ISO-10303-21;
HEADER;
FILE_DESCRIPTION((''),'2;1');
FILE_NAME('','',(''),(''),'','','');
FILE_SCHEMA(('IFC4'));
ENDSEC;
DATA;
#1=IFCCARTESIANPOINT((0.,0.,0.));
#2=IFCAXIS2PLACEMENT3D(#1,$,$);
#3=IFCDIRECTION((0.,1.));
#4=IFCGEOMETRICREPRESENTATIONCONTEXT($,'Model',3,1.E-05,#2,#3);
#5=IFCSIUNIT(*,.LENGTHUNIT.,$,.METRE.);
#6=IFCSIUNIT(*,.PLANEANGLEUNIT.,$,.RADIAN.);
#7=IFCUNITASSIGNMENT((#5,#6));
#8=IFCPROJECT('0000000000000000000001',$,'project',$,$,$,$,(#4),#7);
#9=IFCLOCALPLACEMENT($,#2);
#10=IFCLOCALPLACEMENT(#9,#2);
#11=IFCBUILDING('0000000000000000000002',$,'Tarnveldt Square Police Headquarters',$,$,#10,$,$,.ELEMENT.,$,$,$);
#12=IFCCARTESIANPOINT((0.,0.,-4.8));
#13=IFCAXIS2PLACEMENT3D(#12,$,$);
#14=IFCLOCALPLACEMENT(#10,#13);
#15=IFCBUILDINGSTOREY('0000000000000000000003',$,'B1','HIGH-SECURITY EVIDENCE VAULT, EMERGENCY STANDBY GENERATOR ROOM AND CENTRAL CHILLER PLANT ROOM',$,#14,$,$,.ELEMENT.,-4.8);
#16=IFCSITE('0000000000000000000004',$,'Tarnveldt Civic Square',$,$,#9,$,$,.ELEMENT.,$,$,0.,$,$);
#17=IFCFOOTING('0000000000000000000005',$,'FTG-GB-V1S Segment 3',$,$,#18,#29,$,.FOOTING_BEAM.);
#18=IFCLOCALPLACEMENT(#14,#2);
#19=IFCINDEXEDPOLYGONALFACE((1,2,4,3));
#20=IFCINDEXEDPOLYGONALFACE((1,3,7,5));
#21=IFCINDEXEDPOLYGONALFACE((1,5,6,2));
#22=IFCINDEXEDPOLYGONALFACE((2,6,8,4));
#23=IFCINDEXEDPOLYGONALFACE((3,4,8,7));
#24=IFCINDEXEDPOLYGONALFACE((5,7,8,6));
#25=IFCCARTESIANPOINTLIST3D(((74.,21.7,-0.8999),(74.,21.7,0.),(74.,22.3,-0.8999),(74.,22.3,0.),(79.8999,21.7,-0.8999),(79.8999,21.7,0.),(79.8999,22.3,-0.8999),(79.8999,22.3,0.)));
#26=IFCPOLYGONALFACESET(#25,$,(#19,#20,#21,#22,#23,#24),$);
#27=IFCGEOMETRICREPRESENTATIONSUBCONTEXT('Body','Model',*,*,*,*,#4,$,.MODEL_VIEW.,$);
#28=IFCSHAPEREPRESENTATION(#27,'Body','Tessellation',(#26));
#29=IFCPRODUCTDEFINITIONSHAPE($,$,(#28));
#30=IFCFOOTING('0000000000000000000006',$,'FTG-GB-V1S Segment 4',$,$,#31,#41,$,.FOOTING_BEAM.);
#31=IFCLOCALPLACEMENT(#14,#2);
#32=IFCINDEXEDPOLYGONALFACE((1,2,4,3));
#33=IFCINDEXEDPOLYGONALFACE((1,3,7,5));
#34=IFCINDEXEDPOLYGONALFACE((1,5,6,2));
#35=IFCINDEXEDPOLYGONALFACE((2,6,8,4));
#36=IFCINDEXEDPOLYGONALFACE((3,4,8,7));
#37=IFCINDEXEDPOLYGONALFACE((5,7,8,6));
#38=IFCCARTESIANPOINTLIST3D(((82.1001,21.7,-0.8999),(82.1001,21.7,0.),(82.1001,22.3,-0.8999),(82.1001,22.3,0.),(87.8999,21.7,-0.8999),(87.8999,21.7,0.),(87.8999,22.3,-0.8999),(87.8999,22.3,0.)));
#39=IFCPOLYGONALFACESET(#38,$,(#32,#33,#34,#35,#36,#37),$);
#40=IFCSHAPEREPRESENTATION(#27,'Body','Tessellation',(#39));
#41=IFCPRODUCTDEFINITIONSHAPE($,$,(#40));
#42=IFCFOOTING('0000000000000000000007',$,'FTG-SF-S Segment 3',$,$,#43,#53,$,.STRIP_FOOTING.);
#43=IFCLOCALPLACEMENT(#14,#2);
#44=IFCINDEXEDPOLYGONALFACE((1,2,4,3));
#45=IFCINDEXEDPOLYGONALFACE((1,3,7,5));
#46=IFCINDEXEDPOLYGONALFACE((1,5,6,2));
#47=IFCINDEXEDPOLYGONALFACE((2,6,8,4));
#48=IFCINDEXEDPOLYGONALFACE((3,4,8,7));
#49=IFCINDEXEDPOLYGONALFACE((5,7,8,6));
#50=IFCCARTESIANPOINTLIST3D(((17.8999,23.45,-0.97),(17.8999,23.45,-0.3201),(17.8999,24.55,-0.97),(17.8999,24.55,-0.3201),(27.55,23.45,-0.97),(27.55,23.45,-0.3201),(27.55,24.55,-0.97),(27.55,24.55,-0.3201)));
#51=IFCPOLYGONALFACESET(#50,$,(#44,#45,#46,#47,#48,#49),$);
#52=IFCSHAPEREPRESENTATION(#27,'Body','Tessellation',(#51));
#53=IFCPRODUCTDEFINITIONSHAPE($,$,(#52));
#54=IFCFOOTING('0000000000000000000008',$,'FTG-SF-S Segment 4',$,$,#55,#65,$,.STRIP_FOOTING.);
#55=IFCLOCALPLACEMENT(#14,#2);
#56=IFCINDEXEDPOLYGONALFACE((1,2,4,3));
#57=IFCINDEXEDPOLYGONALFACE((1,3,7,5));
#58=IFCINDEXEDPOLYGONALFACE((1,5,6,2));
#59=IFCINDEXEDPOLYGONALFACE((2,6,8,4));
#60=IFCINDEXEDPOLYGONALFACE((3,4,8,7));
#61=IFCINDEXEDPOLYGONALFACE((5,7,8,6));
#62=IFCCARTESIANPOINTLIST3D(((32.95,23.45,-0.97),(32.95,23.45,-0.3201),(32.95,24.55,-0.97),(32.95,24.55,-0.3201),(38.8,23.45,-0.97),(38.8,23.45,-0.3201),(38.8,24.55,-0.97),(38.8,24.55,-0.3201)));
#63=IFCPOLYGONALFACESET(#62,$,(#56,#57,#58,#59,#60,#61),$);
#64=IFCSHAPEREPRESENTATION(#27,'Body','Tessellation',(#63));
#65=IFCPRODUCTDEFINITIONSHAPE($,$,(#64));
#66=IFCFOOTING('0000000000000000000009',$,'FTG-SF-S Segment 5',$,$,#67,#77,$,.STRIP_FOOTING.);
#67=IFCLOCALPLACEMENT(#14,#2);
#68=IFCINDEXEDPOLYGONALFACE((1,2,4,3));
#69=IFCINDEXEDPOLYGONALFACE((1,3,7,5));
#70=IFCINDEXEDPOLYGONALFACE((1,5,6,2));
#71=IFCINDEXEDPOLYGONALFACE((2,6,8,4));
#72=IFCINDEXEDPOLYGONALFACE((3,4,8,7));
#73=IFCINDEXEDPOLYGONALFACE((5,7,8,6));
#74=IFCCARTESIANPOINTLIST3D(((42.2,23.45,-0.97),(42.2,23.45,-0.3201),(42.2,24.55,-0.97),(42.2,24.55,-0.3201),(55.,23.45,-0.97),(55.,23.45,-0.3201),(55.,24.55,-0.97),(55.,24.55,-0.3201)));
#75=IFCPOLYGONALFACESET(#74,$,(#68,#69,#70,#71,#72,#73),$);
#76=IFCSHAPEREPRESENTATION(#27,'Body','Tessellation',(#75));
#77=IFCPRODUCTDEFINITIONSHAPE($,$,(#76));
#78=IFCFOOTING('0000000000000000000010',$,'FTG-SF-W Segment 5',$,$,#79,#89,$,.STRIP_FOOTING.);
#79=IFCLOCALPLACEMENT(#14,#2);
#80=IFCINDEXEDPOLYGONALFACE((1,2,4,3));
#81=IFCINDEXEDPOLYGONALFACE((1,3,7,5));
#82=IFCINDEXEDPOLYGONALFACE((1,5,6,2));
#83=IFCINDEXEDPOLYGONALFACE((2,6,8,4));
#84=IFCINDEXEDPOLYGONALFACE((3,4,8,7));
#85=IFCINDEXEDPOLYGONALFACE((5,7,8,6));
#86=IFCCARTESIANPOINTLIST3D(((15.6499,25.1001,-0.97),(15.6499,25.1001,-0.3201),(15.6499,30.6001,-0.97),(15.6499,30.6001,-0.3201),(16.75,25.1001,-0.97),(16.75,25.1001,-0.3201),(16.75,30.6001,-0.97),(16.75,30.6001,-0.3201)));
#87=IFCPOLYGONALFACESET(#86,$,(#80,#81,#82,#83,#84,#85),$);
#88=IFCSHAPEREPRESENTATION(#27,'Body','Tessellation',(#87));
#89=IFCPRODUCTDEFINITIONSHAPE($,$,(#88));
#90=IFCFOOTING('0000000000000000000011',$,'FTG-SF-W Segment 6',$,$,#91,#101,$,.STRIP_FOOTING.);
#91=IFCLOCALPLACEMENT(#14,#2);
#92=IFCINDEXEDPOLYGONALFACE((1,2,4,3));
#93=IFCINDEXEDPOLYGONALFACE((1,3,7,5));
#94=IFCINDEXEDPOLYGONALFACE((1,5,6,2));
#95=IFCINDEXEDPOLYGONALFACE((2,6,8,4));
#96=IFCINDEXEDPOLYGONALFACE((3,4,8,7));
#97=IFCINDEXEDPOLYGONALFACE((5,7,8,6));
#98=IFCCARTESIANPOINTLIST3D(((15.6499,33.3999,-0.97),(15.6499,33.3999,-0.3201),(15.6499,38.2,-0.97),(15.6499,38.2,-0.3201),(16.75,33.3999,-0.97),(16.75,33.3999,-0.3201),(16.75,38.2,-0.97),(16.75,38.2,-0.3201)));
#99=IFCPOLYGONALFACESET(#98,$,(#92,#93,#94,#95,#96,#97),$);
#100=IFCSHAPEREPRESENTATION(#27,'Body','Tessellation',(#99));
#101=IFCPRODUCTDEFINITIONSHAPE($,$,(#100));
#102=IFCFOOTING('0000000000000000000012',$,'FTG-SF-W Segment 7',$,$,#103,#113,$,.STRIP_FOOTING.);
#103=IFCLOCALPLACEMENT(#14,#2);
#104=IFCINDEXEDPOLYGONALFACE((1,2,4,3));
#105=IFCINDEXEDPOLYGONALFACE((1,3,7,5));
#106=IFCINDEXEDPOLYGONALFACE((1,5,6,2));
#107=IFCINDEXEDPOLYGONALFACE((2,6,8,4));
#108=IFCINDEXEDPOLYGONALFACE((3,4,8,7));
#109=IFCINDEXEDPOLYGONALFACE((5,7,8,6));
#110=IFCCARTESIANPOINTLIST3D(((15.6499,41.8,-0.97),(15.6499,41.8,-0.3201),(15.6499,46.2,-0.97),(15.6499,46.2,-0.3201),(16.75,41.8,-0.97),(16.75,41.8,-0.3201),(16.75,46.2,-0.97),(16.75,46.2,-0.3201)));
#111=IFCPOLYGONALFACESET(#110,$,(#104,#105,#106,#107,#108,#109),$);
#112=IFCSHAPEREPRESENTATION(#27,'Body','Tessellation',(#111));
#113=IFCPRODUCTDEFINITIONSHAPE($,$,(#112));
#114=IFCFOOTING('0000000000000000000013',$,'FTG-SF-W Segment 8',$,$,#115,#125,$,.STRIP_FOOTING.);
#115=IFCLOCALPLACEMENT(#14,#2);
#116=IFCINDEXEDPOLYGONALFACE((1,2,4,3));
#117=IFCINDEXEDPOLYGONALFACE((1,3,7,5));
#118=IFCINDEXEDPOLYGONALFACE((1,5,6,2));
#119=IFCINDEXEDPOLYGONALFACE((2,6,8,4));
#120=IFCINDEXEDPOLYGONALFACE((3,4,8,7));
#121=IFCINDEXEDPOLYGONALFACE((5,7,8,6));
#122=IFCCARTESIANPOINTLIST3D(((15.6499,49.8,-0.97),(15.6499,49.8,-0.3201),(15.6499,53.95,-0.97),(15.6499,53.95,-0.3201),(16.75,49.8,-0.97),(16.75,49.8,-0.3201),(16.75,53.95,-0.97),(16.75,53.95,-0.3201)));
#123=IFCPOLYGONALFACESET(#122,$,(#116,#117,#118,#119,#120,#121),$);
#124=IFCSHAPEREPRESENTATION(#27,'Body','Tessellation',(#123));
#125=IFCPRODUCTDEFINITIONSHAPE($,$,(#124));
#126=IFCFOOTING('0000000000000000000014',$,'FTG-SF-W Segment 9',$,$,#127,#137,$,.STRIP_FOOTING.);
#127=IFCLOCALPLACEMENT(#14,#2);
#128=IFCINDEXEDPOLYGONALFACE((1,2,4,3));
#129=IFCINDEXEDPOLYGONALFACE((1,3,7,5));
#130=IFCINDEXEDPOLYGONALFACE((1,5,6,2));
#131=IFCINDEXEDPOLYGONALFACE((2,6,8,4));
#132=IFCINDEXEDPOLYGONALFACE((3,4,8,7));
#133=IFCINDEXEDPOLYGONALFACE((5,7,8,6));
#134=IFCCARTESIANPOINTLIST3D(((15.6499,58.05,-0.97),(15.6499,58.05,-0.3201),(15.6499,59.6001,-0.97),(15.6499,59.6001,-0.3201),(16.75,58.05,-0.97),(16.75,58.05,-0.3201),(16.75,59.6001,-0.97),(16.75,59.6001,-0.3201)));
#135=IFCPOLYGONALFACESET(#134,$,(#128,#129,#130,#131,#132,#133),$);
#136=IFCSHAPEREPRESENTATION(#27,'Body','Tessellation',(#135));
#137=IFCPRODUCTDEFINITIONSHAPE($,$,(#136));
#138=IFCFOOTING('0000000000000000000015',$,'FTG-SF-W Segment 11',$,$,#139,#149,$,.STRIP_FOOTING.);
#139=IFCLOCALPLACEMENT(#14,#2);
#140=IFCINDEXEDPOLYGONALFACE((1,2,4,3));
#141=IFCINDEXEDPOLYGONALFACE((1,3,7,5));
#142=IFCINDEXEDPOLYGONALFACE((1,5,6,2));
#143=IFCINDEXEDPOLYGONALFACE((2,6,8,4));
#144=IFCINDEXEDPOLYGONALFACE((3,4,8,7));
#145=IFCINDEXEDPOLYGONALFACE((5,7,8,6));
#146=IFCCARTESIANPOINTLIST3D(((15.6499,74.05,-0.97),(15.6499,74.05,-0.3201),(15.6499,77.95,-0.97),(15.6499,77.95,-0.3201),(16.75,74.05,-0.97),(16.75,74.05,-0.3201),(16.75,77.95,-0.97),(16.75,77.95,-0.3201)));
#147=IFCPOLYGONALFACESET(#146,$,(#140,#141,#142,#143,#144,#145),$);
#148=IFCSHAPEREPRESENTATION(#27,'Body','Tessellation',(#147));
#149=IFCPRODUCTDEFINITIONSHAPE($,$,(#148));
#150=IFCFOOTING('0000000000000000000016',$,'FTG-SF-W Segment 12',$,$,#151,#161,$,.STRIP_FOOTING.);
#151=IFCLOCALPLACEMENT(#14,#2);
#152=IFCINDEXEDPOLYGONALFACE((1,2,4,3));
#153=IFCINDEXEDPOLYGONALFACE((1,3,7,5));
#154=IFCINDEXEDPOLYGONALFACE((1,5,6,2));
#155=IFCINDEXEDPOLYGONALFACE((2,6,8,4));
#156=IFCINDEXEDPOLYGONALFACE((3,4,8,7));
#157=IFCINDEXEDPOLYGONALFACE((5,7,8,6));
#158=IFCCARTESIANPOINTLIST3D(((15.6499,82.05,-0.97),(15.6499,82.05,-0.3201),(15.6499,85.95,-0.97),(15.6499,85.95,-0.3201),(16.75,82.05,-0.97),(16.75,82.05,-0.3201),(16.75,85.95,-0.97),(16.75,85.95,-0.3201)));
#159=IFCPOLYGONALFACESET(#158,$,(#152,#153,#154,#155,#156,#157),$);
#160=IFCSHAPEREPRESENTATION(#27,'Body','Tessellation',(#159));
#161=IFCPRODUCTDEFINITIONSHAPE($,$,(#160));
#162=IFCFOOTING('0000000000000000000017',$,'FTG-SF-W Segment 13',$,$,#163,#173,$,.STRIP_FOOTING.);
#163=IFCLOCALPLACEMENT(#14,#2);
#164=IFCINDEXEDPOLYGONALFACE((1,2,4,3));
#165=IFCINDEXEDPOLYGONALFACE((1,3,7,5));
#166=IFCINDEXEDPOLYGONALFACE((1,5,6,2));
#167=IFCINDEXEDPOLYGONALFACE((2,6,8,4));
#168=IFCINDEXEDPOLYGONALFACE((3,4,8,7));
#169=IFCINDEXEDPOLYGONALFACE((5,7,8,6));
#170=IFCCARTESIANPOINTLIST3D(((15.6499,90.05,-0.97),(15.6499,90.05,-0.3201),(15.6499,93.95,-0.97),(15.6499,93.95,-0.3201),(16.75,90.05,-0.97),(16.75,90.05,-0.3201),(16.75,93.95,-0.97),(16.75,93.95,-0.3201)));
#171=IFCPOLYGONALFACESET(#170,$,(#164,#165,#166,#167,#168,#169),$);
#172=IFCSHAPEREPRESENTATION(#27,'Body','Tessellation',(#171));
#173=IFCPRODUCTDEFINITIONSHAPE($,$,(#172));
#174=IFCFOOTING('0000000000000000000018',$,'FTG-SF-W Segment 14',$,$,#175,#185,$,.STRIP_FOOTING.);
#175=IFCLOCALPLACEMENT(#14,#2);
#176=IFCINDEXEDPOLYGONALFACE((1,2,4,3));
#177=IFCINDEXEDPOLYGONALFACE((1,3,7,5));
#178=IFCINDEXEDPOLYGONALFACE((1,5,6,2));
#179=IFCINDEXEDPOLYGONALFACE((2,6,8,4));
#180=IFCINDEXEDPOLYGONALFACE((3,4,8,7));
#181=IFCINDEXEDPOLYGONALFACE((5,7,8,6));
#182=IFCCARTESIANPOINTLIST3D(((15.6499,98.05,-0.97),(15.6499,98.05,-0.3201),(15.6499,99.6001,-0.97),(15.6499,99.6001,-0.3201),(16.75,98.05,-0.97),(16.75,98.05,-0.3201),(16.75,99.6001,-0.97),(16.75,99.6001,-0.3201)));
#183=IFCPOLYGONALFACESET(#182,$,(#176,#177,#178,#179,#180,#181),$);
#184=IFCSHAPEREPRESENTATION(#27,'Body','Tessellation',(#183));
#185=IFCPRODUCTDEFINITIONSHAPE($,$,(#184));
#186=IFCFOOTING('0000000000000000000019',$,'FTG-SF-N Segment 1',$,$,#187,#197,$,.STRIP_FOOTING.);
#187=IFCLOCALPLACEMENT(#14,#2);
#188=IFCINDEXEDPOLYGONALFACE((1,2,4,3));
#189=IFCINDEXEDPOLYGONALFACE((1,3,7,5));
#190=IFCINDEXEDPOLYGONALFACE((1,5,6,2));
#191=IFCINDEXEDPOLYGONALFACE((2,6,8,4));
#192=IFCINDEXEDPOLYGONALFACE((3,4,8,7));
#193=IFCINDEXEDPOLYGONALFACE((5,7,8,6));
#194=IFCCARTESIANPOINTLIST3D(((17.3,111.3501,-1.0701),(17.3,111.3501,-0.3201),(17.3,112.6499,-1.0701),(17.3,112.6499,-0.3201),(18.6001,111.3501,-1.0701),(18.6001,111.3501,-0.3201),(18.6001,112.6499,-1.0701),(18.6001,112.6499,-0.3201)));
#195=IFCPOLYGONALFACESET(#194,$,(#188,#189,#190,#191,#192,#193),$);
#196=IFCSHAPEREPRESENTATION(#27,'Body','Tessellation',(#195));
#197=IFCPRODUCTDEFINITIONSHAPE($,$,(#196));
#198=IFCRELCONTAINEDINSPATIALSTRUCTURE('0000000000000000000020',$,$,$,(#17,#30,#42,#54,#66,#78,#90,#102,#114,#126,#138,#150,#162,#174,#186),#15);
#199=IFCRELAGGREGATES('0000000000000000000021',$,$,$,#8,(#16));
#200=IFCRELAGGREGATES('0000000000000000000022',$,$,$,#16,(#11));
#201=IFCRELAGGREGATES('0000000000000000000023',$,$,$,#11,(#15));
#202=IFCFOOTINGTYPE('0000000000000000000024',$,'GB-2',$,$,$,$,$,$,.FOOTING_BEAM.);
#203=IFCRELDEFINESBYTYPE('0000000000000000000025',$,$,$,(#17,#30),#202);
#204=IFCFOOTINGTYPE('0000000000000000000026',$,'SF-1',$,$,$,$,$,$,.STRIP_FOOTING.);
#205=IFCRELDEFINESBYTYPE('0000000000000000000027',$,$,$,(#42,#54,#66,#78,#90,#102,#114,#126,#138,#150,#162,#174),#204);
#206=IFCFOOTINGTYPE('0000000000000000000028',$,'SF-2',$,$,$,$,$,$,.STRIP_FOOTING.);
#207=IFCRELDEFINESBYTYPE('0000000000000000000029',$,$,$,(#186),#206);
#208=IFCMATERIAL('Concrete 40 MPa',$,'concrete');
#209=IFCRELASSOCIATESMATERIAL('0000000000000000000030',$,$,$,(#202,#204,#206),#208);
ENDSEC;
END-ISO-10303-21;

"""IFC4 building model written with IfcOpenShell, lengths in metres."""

from ifc_helpers import new_model, si_unit, direction, frame, origin, place, context, subcontext, project, spatial, polyline, outline, extrude, material, type_object, element, save


model = new_model("IFC4")

# Units and contexts
model_context = context("Model", 3, precision=1e-05, world=origin(), true_north=direction((0.0, 1.0)))
body_context = subcontext(model_context, "Body", "Model", "MODEL_VIEW")
ifc_project = project(units=[si_unit("LENGTHUNIT", "METRE"), si_unit("PLANEANGLEUNIT", "RADIAN")], contexts=[model_context])

# Site, building, storey
site_placement = place(None, origin())
site = spatial("IfcSite", under=ifc_project, at=site_placement, Name="Tarnveldt Civic Square", CompositionType="ELEMENT", RefElevation=0.0)
building_placement = place(site_placement, origin())
building = spatial("IfcBuilding", under=site, at=building_placement, Name="Tarnveldt Square Police Headquarters", CompositionType="ELEMENT")
storey_placement = place(building_placement, frame((0.0, 0.0, -4.8)))
storey = spatial("IfcBuildingStorey", under=building, at=storey_placement, Name="B1", Description="HIGH-SECURITY EVIDENCE VAULT, EMERGENCY STANDBY GENERATOR ROOM AND CENTRAL CHILLER PLANT ROOM", CompositionType="ELEMENT", Elevation=-4.8)

# Footings
ifc_material_1 = material(Name="Concrete 40 MPa", Category="concrete")
footing_type_1 = type_object("IfcFootingType", Name="GB-2", PredefinedType="FOOTING_BEAM", material=ifc_material_1)
footing_1_placement = place(storey_placement, frame((0.0, 0.0, -0.8999)))
element("IfcFooting", 1, at=footing_1_placement, inside=storey, type_object=footing_type_1, Name="FTG-GB-V1S Segment 3", PredefinedType="FOOTING_BEAM", context=body_context, shape_type="SweptSolid", body=[
    extrude(outline(polyline([(74.0, 21.7), (79.8999, 21.7), (79.8999, 22.3), (74.0, 22.3), (74.0, 21.7)])), origin(), (0.0, 0.0, 1.0), 0.8999),
])
footing_2_placement = place(storey_placement, frame((0.0, 0.0, -0.8999)))
element("IfcFooting", 2, at=footing_2_placement, inside=storey, type_object=footing_type_1, Name="FTG-GB-V1S Segment 4", PredefinedType="FOOTING_BEAM", context=body_context, shape_type="SweptSolid", body=[
    extrude(outline(polyline([(82.1001, 21.7), (87.8999, 21.7), (87.8999, 22.3), (82.1001, 22.3), (82.1001, 21.7)])), origin(), (0.0, 0.0, 1.0), 0.8999),
])
footing_type_2 = type_object("IfcFootingType", Name="SF-1", PredefinedType="STRIP_FOOTING", material=ifc_material_1)
footing_3_placement = place(storey_placement, frame((0.0, 0.0, -0.97)))
element("IfcFooting", 3, at=footing_3_placement, inside=storey, type_object=footing_type_2, Name="FTG-SF-S Segment 3", PredefinedType="STRIP_FOOTING", context=body_context, shape_type="SweptSolid", body=[
    extrude(outline(polyline([(17.8999, 23.45), (27.55, 23.45), (27.55, 24.55), (17.8999, 24.55), (17.8999, 23.45)])), origin(), (0.0, 0.0, 1.0), 0.6499),
])
footing_4_placement = place(storey_placement, frame((0.0, 0.0, -0.97)))
element("IfcFooting", 4, at=footing_4_placement, inside=storey, type_object=footing_type_2, Name="FTG-SF-S Segment 4", PredefinedType="STRIP_FOOTING", context=body_context, shape_type="SweptSolid", body=[
    extrude(outline(polyline([(32.95, 23.45), (38.8, 23.45), (38.8, 24.55), (32.95, 24.55), (32.95, 23.45)])), origin(), (0.0, 0.0, 1.0), 0.6499),
])
footing_5_placement = place(storey_placement, frame((0.0, 0.0, -0.97)))
element("IfcFooting", 5, at=footing_5_placement, inside=storey, type_object=footing_type_2, Name="FTG-SF-S Segment 5", PredefinedType="STRIP_FOOTING", context=body_context, shape_type="SweptSolid", body=[
    extrude(outline(polyline([(42.2, 23.45), (55.0, 23.45), (55.0, 24.55), (42.2, 24.55), (42.2, 23.45)])), origin(), (0.0, 0.0, 1.0), 0.6499),
])
footing_6_placement = place(storey_placement, frame((0.0, 0.0, -0.97)))
element("IfcFooting", 6, at=footing_6_placement, inside=storey, type_object=footing_type_2, Name="FTG-SF-W Segment 5", PredefinedType="STRIP_FOOTING", context=body_context, shape_type="SweptSolid", body=[
    extrude(outline(polyline([(15.6499, 25.1001), (16.75, 25.1001), (16.75, 30.6001), (15.6499, 30.6001), (15.6499, 25.1001)])), origin(), (0.0, 0.0, 1.0), 0.6499),
])
footing_7_placement = place(storey_placement, frame((0.0, 0.0, -0.97)))
element("IfcFooting", 7, at=footing_7_placement, inside=storey, type_object=footing_type_2, Name="FTG-SF-W Segment 6", PredefinedType="STRIP_FOOTING", context=body_context, shape_type="SweptSolid", body=[
    extrude(outline(polyline([(15.6499, 33.3999), (16.75, 33.3999), (16.75, 38.2), (15.6499, 38.2), (15.6499, 33.3999)])), origin(), (0.0, 0.0, 1.0), 0.6499),
])
footing_8_placement = place(storey_placement, frame((0.0, 0.0, -0.97)))
element("IfcFooting", 8, at=footing_8_placement, inside=storey, type_object=footing_type_2, Name="FTG-SF-W Segment 7", PredefinedType="STRIP_FOOTING", context=body_context, shape_type="SweptSolid", body=[
    extrude(outline(polyline([(15.6499, 41.8), (16.75, 41.8), (16.75, 46.2), (15.6499, 46.2), (15.6499, 41.8)])), origin(), (0.0, 0.0, 1.0), 0.6499),
])
footing_9_placement = place(storey_placement, frame((0.0, 0.0, -0.97)))
element("IfcFooting", 9, at=footing_9_placement, inside=storey, type_object=footing_type_2, Name="FTG-SF-W Segment 8", PredefinedType="STRIP_FOOTING", context=body_context, shape_type="SweptSolid", body=[
    extrude(outline(polyline([(15.6499, 49.8), (16.75, 49.8), (16.75, 53.95), (15.6499, 53.95), (15.6499, 49.8)])), origin(), (0.0, 0.0, 1.0), 0.6499),
])
footing_10_placement = place(storey_placement, frame((0.0, 0.0, -0.97)))
element("IfcFooting", 10, at=footing_10_placement, inside=storey, type_object=footing_type_2, Name="FTG-SF-W Segment 9", PredefinedType="STRIP_FOOTING", context=body_context, shape_type="SweptSolid", body=[
    extrude(outline(polyline([(15.6499, 58.05), (16.75, 58.05), (16.75, 59.6001), (15.6499, 59.6001), (15.6499, 58.05)])), origin(), (0.0, 0.0, 1.0), 0.6499),
])
footing_11_placement = place(storey_placement, frame((0.0, 0.0, -0.97)))
element("IfcFooting", 11, at=footing_11_placement, inside=storey, type_object=footing_type_2, Name="FTG-SF-W Segment 11", PredefinedType="STRIP_FOOTING", context=body_context, shape_type="SweptSolid", body=[
    extrude(outline(polyline([(15.6499, 74.05), (16.75, 74.05), (16.75, 77.95), (15.6499, 77.95), (15.6499, 74.05)])), origin(), (0.0, 0.0, 1.0), 0.6499),
])
footing_12_placement = place(storey_placement, frame((0.0, 0.0, -0.97)))
element("IfcFooting", 12, at=footing_12_placement, inside=storey, type_object=footing_type_2, Name="FTG-SF-W Segment 12", PredefinedType="STRIP_FOOTING", context=body_context, shape_type="SweptSolid", body=[
    extrude(outline(polyline([(15.6499, 82.05), (16.75, 82.05), (16.75, 85.95), (15.6499, 85.95), (15.6499, 82.05)])), origin(), (0.0, 0.0, 1.0), 0.6499),
])
footing_13_placement = place(storey_placement, frame((0.0, 0.0, -0.97)))
element("IfcFooting", 13, at=footing_13_placement, inside=storey, type_object=footing_type_2, Name="FTG-SF-W Segment 13", PredefinedType="STRIP_FOOTING", context=body_context, shape_type="SweptSolid", body=[
    extrude(outline(polyline([(15.6499, 90.05), (16.75, 90.05), (16.75, 93.95), (15.6499, 93.95), (15.6499, 90.05)])), origin(), (0.0, 0.0, 1.0), 0.6499),
])
footing_14_placement = place(storey_placement, frame((0.0, 0.0, -0.97)))
element("IfcFooting", 14, at=footing_14_placement, inside=storey, type_object=footing_type_2, Name="FTG-SF-W Segment 14", PredefinedType="STRIP_FOOTING", context=body_context, shape_type="SweptSolid", body=[
    extrude(outline(polyline([(15.6499, 98.05), (16.75, 98.05), (16.75, 99.6001), (15.6499, 99.6001), (15.6499, 98.05)])), origin(), (0.0, 0.0, 1.0), 0.6499),
])
footing_type_3 = type_object("IfcFootingType", Name="SF-2", PredefinedType="STRIP_FOOTING", material=ifc_material_1)
footing_15_placement = place(storey_placement, frame((0.0, 0.0, -1.0701)))
element("IfcFooting", 15, at=footing_15_placement, inside=storey, type_object=footing_type_3, Name="FTG-SF-N Segment 1", PredefinedType="STRIP_FOOTING", context=body_context, shape_type="SweptSolid", body=[
    extrude(outline(polyline([(17.3, 111.3501), (18.6001, 111.3501), (18.6001, 112.6499), (17.3, 112.6499), (17.3, 111.3501)])), origin(), (0.0, 0.0, 1.0), 0.75),
])

save(model, "model.ifc")
